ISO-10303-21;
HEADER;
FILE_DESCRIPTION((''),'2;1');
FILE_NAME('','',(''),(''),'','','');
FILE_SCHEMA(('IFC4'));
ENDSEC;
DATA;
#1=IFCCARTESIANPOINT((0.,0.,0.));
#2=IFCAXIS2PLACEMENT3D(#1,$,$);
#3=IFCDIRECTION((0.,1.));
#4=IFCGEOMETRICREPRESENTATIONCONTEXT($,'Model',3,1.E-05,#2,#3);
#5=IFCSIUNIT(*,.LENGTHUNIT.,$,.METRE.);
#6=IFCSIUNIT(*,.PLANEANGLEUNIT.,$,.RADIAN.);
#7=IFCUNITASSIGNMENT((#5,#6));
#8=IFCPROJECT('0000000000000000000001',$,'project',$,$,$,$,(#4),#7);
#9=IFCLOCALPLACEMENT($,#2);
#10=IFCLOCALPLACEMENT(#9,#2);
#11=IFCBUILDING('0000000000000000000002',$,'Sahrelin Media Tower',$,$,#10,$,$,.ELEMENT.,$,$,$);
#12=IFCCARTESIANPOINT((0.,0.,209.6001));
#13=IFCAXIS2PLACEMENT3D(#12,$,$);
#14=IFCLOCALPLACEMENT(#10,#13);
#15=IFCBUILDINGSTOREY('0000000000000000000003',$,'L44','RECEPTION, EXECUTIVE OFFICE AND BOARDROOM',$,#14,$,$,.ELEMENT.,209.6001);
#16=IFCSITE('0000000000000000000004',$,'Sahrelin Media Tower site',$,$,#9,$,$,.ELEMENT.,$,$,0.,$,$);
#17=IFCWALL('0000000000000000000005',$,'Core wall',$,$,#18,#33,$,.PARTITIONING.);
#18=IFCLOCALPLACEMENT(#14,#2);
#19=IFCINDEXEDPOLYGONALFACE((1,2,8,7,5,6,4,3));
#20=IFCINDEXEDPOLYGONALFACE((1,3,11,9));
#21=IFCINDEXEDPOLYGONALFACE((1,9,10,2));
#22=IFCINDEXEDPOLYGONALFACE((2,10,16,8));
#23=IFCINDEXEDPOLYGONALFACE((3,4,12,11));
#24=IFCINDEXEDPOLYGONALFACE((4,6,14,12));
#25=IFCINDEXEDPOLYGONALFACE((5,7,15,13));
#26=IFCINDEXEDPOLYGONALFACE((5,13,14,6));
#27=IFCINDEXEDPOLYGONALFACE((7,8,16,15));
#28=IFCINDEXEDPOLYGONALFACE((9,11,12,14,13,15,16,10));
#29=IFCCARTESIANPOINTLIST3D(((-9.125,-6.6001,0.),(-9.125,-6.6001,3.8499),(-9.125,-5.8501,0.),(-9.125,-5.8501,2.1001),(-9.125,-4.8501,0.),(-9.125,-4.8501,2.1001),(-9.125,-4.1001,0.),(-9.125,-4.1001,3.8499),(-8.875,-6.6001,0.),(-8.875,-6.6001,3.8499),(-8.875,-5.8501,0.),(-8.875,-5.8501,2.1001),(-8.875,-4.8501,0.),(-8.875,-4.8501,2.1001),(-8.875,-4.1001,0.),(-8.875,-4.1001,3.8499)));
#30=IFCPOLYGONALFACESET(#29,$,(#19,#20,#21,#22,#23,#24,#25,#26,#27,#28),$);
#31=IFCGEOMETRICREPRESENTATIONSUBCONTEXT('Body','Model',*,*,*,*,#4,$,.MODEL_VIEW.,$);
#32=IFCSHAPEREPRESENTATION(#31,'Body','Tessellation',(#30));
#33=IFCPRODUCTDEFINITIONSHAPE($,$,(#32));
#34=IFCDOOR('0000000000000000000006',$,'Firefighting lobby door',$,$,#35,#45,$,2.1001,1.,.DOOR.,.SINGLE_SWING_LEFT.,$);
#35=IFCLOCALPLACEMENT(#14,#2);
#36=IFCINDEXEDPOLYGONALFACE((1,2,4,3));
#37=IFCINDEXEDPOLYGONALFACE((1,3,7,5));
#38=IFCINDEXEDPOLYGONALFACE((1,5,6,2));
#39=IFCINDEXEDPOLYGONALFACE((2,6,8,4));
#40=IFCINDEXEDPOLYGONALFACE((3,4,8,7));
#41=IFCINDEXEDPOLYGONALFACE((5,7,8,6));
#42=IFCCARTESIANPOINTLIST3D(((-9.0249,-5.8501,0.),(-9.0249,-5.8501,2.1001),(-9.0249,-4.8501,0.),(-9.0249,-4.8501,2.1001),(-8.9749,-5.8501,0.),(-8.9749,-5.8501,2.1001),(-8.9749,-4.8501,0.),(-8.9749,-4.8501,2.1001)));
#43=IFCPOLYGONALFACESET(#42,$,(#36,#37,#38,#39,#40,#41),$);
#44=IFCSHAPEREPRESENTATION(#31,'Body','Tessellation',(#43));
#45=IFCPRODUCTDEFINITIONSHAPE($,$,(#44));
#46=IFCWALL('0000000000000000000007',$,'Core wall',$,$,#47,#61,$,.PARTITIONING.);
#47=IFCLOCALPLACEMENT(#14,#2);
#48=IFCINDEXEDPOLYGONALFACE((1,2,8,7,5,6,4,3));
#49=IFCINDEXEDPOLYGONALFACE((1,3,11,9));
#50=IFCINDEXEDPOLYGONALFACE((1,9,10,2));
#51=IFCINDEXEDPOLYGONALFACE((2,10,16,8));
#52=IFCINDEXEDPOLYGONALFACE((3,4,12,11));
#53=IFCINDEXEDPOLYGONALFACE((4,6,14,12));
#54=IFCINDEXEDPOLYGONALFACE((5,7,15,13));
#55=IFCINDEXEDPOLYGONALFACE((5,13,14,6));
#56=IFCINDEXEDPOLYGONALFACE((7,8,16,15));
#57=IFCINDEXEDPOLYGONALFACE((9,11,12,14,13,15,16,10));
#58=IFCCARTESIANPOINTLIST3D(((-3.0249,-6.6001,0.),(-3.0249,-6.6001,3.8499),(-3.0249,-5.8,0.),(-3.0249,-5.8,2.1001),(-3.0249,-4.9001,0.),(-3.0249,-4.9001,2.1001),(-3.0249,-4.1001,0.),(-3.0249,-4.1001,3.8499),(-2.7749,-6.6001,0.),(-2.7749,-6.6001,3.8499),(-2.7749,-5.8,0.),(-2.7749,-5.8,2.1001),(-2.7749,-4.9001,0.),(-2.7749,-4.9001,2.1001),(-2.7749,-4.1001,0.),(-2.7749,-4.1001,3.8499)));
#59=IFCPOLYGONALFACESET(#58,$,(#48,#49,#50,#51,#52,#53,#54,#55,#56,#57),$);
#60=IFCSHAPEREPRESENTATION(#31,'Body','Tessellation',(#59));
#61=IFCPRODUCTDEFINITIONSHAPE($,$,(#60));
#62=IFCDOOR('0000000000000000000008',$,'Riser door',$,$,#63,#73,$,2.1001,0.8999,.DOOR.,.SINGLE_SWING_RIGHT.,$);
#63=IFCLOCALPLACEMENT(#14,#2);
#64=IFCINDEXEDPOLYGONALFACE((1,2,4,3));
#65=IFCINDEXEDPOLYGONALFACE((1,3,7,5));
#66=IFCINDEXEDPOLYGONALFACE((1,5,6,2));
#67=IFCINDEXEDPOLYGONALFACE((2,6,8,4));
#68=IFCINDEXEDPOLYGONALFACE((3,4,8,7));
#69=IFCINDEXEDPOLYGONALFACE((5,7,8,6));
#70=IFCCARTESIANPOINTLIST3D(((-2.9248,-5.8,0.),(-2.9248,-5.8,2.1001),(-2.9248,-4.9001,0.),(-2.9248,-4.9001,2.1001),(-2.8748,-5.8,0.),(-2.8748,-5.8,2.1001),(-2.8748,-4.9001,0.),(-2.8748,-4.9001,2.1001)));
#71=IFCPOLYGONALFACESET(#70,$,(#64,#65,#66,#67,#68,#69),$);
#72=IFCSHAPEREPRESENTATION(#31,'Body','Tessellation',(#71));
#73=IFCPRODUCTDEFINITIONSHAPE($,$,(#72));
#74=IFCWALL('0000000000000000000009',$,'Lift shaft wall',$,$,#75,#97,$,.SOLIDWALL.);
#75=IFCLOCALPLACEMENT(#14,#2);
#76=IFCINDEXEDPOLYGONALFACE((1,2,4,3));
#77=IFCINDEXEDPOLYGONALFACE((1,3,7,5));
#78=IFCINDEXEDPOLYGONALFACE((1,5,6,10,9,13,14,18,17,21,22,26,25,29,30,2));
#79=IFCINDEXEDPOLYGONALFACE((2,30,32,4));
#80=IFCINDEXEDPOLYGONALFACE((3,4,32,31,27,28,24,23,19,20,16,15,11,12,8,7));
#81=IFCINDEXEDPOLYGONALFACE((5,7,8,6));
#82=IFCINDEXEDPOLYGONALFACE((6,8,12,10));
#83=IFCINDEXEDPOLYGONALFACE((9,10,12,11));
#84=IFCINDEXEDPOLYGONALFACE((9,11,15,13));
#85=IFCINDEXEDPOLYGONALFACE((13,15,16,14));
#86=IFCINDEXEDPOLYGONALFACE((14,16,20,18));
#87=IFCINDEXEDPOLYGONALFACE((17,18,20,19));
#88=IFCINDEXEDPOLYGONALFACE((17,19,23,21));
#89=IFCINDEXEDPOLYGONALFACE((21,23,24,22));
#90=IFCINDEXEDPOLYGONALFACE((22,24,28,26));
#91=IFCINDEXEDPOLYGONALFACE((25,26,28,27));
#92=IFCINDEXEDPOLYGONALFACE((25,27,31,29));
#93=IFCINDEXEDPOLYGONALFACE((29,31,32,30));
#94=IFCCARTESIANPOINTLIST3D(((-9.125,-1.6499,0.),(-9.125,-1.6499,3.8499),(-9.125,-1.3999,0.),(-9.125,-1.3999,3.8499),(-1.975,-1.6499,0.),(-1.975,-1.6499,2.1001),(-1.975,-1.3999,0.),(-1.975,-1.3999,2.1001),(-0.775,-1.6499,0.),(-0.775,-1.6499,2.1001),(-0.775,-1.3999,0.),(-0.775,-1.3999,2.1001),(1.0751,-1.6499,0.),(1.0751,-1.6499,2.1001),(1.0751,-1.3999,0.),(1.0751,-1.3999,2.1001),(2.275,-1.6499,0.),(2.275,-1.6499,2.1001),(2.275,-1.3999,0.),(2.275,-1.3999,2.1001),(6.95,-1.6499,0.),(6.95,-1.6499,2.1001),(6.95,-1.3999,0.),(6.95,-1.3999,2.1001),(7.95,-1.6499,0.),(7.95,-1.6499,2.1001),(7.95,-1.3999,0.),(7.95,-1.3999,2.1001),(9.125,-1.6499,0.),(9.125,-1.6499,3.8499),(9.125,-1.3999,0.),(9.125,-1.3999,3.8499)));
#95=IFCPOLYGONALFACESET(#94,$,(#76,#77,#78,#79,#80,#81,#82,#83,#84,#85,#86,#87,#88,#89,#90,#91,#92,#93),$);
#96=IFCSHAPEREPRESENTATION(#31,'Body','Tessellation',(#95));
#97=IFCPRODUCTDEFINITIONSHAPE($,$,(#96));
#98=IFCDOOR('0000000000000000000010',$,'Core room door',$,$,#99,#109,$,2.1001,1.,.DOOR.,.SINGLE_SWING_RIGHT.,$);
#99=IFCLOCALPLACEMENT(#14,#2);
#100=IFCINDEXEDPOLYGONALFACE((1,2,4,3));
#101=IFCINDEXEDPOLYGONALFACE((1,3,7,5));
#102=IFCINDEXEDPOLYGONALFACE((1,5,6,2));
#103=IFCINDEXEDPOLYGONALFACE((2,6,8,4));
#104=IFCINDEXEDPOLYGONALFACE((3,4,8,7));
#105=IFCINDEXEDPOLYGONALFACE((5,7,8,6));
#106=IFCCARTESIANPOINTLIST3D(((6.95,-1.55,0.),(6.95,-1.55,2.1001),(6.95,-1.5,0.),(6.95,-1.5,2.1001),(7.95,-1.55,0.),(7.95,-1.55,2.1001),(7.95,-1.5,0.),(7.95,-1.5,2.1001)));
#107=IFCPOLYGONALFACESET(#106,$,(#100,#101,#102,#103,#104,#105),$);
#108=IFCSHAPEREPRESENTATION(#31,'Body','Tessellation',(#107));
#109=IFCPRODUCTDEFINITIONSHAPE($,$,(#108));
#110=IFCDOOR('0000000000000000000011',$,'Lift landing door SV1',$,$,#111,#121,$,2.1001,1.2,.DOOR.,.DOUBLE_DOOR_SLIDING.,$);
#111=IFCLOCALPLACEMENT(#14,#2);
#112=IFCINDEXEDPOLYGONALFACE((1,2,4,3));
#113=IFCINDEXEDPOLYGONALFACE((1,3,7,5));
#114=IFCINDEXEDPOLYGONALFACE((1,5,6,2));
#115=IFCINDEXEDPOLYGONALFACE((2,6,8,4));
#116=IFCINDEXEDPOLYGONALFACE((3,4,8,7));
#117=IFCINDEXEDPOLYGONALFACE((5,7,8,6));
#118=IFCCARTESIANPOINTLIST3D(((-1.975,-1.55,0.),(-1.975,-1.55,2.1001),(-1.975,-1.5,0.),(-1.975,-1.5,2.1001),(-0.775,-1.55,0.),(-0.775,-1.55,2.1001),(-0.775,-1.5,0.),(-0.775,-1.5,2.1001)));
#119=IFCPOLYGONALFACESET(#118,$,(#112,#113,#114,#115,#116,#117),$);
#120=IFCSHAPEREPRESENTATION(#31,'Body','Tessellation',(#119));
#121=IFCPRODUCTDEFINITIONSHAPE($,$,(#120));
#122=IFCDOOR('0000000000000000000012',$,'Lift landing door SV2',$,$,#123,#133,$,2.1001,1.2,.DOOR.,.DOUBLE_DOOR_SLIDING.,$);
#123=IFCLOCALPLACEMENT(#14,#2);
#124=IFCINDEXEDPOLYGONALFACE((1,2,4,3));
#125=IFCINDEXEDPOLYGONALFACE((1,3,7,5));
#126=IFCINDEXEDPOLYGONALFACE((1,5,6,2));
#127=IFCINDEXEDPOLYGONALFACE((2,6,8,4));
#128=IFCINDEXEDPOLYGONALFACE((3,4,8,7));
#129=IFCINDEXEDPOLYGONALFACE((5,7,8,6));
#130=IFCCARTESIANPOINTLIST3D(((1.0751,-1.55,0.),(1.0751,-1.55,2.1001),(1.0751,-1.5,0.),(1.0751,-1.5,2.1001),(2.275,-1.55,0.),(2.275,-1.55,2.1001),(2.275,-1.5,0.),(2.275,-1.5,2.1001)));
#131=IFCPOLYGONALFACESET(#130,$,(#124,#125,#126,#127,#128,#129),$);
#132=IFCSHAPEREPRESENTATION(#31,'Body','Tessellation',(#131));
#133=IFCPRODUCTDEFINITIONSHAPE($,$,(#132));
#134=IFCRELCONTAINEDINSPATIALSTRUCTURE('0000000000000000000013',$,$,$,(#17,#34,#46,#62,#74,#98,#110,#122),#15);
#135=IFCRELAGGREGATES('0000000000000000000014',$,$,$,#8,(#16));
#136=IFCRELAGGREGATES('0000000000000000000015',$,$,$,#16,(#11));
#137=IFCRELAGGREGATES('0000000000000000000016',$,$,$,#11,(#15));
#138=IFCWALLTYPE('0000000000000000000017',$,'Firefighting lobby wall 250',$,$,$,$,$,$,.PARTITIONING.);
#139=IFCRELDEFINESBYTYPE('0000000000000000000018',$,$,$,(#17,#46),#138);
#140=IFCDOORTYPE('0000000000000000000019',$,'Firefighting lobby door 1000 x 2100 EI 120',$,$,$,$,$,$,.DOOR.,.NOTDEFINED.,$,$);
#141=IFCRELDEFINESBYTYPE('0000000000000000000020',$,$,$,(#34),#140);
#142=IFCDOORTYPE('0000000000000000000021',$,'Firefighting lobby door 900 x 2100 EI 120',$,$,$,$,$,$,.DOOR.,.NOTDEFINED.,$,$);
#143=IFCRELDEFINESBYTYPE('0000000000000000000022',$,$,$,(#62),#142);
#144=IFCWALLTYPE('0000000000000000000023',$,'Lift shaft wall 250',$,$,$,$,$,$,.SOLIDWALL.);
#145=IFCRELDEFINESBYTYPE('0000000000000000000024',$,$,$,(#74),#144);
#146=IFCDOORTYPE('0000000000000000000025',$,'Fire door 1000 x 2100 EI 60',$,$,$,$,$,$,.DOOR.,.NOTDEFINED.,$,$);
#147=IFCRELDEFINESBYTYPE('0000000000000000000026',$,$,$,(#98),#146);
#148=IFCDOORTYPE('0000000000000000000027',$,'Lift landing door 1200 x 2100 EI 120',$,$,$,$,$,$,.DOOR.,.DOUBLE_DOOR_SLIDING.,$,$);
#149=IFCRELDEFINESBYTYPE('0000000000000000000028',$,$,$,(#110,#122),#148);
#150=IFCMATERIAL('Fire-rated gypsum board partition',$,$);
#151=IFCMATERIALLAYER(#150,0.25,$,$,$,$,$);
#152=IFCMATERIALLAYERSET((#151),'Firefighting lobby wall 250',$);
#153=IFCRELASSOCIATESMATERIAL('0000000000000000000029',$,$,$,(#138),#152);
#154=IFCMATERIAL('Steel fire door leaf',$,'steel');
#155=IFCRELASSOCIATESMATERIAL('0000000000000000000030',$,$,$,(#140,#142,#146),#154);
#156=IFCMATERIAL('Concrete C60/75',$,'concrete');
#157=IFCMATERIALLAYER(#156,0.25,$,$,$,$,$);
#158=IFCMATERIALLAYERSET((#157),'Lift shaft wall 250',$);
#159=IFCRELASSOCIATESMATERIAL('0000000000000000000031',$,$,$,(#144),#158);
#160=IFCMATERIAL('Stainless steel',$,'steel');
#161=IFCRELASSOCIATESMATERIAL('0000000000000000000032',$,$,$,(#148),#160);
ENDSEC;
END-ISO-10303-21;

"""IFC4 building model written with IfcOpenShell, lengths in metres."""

from ifc_helpers import new_model, si_unit, direction, frame, frame_2d, origin, place, context, subcontext, project, spatial, rectangle, extrude, material, layer, layer_set, type_object, element, fill, save


model = new_model("IFC4")

# Units and contexts
model_context = context("Model", 3, precision=1e-05, world=origin(), true_north=direction((0.0, 1.0)))
body_context = subcontext(model_context, "Body", "Model", "MODEL_VIEW")
ifc_project = project(units=[si_unit("LENGTHUNIT", "METRE"), si_unit("PLANEANGLEUNIT", "RADIAN")], contexts=[model_context])

# Site, building, storey
site_placement = place(None, origin())
site = spatial("IfcSite", under=ifc_project, at=site_placement, Name="Sahrelin Media Tower site", CompositionType="ELEMENT", RefElevation=0.0)
building_placement = place(site_placement, origin())
building = spatial("IfcBuilding", under=site, at=building_placement, Name="Sahrelin Media Tower", CompositionType="ELEMENT")
storey_placement = place(building_placement, frame((0.0, 0.0, 209.6001)))
storey = spatial("IfcBuildingStorey", under=building, at=storey_placement, Name="L44", Description="RECEPTION, EXECUTIVE OFFICE AND BOARDROOM", CompositionType="ELEMENT", Elevation=209.6001)

# Shared definitions
ifc_material_1 = material(Name="Concrete C60/75", Category="concrete")

# Walls, openings, doors
ifc_material_2 = material(Name="Fire-rated gypsum board partition")
ifc_layer_1 = layer(ifc_material_2, 0.25)
ifc_layer_set_1 = layer_set([ifc_layer_1], Name="Firefighting lobby wall 250")
wall_type_1 = type_object("IfcWallType", Name="Firefighting lobby wall 250", PredefinedType="PARTITIONING", material=ifc_layer_set_1)
wall_1_placement = place(storey_placement, frame((-9.0, -6.6001, 0.0), z_axis=(0.0, 0.0, 1.0), x_axis=(0.0, 1.0, 0.0)))
wall_1 = element("IfcWall", 1, at=wall_1_placement, inside=storey, type_object=wall_type_1, Name="Core wall", PredefinedType="PARTITIONING", context=body_context, shape_type="SweptSolid", body=[
    extrude(rectangle(XDim=2.5, YDim=0.25, at=frame_2d((1.25, 0.0))), origin(), (0.0, 0.0, 1.0), 3.8499),
])
opening_1_placement = place(wall_1_placement, frame((0.75, 0.0, 0.0)))
opening_1 = element("IfcOpeningElement", 2, at=opening_1_placement, cuts=wall_1, PredefinedType="OPENING", context=body_context, shape_type="SweptSolid", body=[
    extrude(rectangle(XDim=1.0, YDim=2.1001, at=frame_2d((0.5, 1.05))), frame((0.0, 0.125, 0.0), z_axis=(0.0, -1.0, 0.0), x_axis=(1.0, 0.0, 0.0)), (0.0, 0.0, 1.0), 0.25),
])
ifc_material_3 = material(Name="Steel fire door leaf", Category="steel")
door_type_1 = type_object("IfcDoorType", Name="Firefighting lobby door 1000 x 2100 EI 120", OperationType="NOTDEFINED", PredefinedType="DOOR", material=ifc_material_3)
door_1_placement = place(opening_1_placement, origin())
door_1 = element("IfcDoor", 3, at=door_1_placement, inside=storey, type_object=door_type_1, Name="Firefighting lobby door", OperationType="SINGLE_SWING_LEFT", OverallHeight=2.1001, OverallWidth=1.0, PredefinedType="DOOR", context=body_context, shape_type="SweptSolid", body=[
    extrude(rectangle(XDim=1.0, YDim=2.1001, at=frame_2d((0.5, 1.05))), frame((0.0, 0.0249, 0.0), z_axis=(0.0, -1.0, 0.0), x_axis=(1.0, 0.0, 0.0)), (0.0, 0.0, 1.0), 0.05),
])
fill(opening_1, door_1)
wall_2_placement = place(storey_placement, frame((-2.8999, -6.6001, 0.0), z_axis=(0.0, 0.0, 1.0), x_axis=(0.0, 1.0, 0.0)))
wall_2 = element("IfcWall", 4, at=wall_2_placement, inside=storey, type_object=wall_type_1, Name="Core wall", PredefinedType="PARTITIONING", context=body_context, shape_type="SweptSolid", body=[
    extrude(rectangle(XDim=2.5, YDim=0.25, at=frame_2d((1.25, 0.0))), origin(), (0.0, 0.0, 1.0), 3.8499),
])
opening_2_placement = place(wall_2_placement, frame((0.8, 0.0, 0.0)))
opening_2 = element("IfcOpeningElement", 5, at=opening_2_placement, cuts=wall_2, PredefinedType="OPENING", context=body_context, shape_type="SweptSolid", body=[
    extrude(rectangle(XDim=0.8999, YDim=2.1001, at=frame_2d((0.45, 1.05))), frame((0.0, 0.125, 0.0), z_axis=(0.0, -1.0, 0.0), x_axis=(1.0, 0.0, 0.0)), (0.0, 0.0, 1.0), 0.25),
])
door_type_2 = type_object("IfcDoorType", Name="Firefighting lobby door 900 x 2100 EI 120", OperationType="NOTDEFINED", PredefinedType="DOOR", material=ifc_material_3)
door_2_placement = place(opening_2_placement, origin())
door_2 = element("IfcDoor", 6, at=door_2_placement, inside=storey, type_object=door_type_2, Name="Riser door", OperationType="SINGLE_SWING_RIGHT", OverallHeight=2.1001, OverallWidth=0.8999, PredefinedType="DOOR", context=body_context, shape_type="SweptSolid", body=[
    extrude(rectangle(XDim=0.8999, YDim=2.1001, at=frame_2d((0.45, 1.05))), frame((0.0, 0.0249, 0.0), z_axis=(0.0, -1.0, 0.0), x_axis=(1.0, 0.0, 0.0)), (0.0, 0.0, 1.0), 0.05),
])
fill(opening_2, door_2)

# Wall, openings, doors
ifc_layer_2 = layer(ifc_material_1, 0.25)
ifc_layer_set_2 = layer_set([ifc_layer_2], Name="Lift shaft wall 250")
wall_type_2 = type_object("IfcWallType", Name="Lift shaft wall 250", PredefinedType="SOLIDWALL", material=ifc_layer_set_2)
wall_3_placement = place(storey_placement, frame((-9.125, -1.5249, 0.0), z_axis=(0.0, 0.0, 1.0), x_axis=(1.0, 0.0, 0.0)))
wall_3 = element("IfcWall", 7, at=wall_3_placement, inside=storey, type_object=wall_type_2, Name="Lift shaft wall", PredefinedType="SOLIDWALL", context=body_context, shape_type="SweptSolid", body=[
    extrude(rectangle(XDim=18.25, YDim=0.25, at=frame_2d((9.125, 0.0))), origin(), (0.0, 0.0, 1.0), 3.8499),
])
opening_3_placement = place(wall_3_placement, frame((7.1499, 0.0, 0.0)))
opening_3 = element("IfcOpeningElement", 8, at=opening_3_placement, cuts=wall_3, PredefinedType="OPENING", context=body_context, shape_type="SweptSolid", body=[
    extrude(rectangle(XDim=1.2, YDim=2.1001, at=frame_2d((0.6001, 1.05))), frame((0.0, 0.125, 0.0), z_axis=(0.0, -1.0, 0.0), x_axis=(1.0, 0.0, 0.0)), (0.0, 0.0, 1.0), 0.25),
])
opening_4_placement = place(wall_3_placement, frame((10.2, 0.0, 0.0)))
opening_4 = element("IfcOpeningElement", 9, at=opening_4_placement, cuts=wall_3, PredefinedType="OPENING", context=body_context, shape_type="SweptSolid", body=[
    extrude(rectangle(XDim=1.2, YDim=2.1001, at=frame_2d((0.6001, 1.05))), frame((0.0, 0.125, 0.0), z_axis=(0.0, -1.0, 0.0), x_axis=(1.0, 0.0, 0.0)), (0.0, 0.0, 1.0), 0.25),
])
opening_5_placement = place(wall_3_placement, frame((16.075, 0.0, 0.0)))
opening_5 = element("IfcOpeningElement", 10, at=opening_5_placement, cuts=wall_3, PredefinedType="OPENING", context=body_context, shape_type="SweptSolid", body=[
    extrude(rectangle(XDim=1.0, YDim=2.1001, at=frame_2d((0.5, 1.05))), frame((0.0, 0.125, 0.0), z_axis=(0.0, -1.0, 0.0), x_axis=(1.0, 0.0, 0.0)), (0.0, 0.0, 1.0), 0.25),
])
door_type_3 = type_object("IfcDoorType", Name="Fire door 1000 x 2100 EI 60", OperationType="NOTDEFINED", PredefinedType="DOOR", material=ifc_material_3)
door_3_placement = place(opening_5_placement, origin())
door_3 = element("IfcDoor", 11, at=door_3_placement, inside=storey, type_object=door_type_3, Name="Core room door", OperationType="SINGLE_SWING_RIGHT", OverallHeight=2.1001, OverallWidth=1.0, PredefinedType="DOOR", context=body_context, shape_type="SweptSolid", body=[
    extrude(rectangle(XDim=1.0, YDim=2.1001, at=frame_2d((0.5, 1.05))), frame((0.0, 0.0249, 0.0), z_axis=(0.0, -1.0, 0.0), x_axis=(1.0, 0.0, 0.0)), (0.0, 0.0, 1.0), 0.05),
])
fill(opening_5, door_3)
ifc_material_4 = material(Name="Stainless steel", Category="steel")
door_type_4 = type_object("IfcDoorType", Name="Lift landing door 1200 x 2100 EI 120", OperationType="DOUBLE_DOOR_SLIDING", PredefinedType="DOOR", material=ifc_material_4)
door_4_placement = place(opening_3_placement, origin())
door_4 = element("IfcDoor", 12, at=door_4_placement, inside=storey, type_object=door_type_4, Name="Lift landing door SV1", OperationType="DOUBLE_DOOR_SLIDING", OverallHeight=2.1001, OverallWidth=1.2, PredefinedType="DOOR", context=body_context, shape_type="SweptSolid", body=[
    extrude(rectangle(XDim=1.2, YDim=2.1001, at=frame_2d((0.6001, 1.05))), frame((0.0, 0.0249, 0.0), z_axis=(0.0, -1.0, 0.0), x_axis=(1.0, 0.0, 0.0)), (0.0, 0.0, 1.0), 0.05),
])
fill(opening_3, door_4)
door_5_placement = place(opening_4_placement, origin())
door_5 = element("IfcDoor", 13, at=door_5_placement, inside=storey, type_object=door_type_4, Name="Lift landing door SV2", OperationType="DOUBLE_DOOR_SLIDING", OverallHeight=2.1001, OverallWidth=1.2, PredefinedType="DOOR", context=body_context, shape_type="SweptSolid", body=[
    extrude(rectangle(XDim=1.2, YDim=2.1001, at=frame_2d((0.6001, 1.05))), frame((0.0, 0.0249, 0.0), z_axis=(0.0, -1.0, 0.0), x_axis=(1.0, 0.0, 0.0)), (0.0, 0.0, 1.0), 0.05),
])
fill(opening_4, door_5)

save(model, "model.ifc")
